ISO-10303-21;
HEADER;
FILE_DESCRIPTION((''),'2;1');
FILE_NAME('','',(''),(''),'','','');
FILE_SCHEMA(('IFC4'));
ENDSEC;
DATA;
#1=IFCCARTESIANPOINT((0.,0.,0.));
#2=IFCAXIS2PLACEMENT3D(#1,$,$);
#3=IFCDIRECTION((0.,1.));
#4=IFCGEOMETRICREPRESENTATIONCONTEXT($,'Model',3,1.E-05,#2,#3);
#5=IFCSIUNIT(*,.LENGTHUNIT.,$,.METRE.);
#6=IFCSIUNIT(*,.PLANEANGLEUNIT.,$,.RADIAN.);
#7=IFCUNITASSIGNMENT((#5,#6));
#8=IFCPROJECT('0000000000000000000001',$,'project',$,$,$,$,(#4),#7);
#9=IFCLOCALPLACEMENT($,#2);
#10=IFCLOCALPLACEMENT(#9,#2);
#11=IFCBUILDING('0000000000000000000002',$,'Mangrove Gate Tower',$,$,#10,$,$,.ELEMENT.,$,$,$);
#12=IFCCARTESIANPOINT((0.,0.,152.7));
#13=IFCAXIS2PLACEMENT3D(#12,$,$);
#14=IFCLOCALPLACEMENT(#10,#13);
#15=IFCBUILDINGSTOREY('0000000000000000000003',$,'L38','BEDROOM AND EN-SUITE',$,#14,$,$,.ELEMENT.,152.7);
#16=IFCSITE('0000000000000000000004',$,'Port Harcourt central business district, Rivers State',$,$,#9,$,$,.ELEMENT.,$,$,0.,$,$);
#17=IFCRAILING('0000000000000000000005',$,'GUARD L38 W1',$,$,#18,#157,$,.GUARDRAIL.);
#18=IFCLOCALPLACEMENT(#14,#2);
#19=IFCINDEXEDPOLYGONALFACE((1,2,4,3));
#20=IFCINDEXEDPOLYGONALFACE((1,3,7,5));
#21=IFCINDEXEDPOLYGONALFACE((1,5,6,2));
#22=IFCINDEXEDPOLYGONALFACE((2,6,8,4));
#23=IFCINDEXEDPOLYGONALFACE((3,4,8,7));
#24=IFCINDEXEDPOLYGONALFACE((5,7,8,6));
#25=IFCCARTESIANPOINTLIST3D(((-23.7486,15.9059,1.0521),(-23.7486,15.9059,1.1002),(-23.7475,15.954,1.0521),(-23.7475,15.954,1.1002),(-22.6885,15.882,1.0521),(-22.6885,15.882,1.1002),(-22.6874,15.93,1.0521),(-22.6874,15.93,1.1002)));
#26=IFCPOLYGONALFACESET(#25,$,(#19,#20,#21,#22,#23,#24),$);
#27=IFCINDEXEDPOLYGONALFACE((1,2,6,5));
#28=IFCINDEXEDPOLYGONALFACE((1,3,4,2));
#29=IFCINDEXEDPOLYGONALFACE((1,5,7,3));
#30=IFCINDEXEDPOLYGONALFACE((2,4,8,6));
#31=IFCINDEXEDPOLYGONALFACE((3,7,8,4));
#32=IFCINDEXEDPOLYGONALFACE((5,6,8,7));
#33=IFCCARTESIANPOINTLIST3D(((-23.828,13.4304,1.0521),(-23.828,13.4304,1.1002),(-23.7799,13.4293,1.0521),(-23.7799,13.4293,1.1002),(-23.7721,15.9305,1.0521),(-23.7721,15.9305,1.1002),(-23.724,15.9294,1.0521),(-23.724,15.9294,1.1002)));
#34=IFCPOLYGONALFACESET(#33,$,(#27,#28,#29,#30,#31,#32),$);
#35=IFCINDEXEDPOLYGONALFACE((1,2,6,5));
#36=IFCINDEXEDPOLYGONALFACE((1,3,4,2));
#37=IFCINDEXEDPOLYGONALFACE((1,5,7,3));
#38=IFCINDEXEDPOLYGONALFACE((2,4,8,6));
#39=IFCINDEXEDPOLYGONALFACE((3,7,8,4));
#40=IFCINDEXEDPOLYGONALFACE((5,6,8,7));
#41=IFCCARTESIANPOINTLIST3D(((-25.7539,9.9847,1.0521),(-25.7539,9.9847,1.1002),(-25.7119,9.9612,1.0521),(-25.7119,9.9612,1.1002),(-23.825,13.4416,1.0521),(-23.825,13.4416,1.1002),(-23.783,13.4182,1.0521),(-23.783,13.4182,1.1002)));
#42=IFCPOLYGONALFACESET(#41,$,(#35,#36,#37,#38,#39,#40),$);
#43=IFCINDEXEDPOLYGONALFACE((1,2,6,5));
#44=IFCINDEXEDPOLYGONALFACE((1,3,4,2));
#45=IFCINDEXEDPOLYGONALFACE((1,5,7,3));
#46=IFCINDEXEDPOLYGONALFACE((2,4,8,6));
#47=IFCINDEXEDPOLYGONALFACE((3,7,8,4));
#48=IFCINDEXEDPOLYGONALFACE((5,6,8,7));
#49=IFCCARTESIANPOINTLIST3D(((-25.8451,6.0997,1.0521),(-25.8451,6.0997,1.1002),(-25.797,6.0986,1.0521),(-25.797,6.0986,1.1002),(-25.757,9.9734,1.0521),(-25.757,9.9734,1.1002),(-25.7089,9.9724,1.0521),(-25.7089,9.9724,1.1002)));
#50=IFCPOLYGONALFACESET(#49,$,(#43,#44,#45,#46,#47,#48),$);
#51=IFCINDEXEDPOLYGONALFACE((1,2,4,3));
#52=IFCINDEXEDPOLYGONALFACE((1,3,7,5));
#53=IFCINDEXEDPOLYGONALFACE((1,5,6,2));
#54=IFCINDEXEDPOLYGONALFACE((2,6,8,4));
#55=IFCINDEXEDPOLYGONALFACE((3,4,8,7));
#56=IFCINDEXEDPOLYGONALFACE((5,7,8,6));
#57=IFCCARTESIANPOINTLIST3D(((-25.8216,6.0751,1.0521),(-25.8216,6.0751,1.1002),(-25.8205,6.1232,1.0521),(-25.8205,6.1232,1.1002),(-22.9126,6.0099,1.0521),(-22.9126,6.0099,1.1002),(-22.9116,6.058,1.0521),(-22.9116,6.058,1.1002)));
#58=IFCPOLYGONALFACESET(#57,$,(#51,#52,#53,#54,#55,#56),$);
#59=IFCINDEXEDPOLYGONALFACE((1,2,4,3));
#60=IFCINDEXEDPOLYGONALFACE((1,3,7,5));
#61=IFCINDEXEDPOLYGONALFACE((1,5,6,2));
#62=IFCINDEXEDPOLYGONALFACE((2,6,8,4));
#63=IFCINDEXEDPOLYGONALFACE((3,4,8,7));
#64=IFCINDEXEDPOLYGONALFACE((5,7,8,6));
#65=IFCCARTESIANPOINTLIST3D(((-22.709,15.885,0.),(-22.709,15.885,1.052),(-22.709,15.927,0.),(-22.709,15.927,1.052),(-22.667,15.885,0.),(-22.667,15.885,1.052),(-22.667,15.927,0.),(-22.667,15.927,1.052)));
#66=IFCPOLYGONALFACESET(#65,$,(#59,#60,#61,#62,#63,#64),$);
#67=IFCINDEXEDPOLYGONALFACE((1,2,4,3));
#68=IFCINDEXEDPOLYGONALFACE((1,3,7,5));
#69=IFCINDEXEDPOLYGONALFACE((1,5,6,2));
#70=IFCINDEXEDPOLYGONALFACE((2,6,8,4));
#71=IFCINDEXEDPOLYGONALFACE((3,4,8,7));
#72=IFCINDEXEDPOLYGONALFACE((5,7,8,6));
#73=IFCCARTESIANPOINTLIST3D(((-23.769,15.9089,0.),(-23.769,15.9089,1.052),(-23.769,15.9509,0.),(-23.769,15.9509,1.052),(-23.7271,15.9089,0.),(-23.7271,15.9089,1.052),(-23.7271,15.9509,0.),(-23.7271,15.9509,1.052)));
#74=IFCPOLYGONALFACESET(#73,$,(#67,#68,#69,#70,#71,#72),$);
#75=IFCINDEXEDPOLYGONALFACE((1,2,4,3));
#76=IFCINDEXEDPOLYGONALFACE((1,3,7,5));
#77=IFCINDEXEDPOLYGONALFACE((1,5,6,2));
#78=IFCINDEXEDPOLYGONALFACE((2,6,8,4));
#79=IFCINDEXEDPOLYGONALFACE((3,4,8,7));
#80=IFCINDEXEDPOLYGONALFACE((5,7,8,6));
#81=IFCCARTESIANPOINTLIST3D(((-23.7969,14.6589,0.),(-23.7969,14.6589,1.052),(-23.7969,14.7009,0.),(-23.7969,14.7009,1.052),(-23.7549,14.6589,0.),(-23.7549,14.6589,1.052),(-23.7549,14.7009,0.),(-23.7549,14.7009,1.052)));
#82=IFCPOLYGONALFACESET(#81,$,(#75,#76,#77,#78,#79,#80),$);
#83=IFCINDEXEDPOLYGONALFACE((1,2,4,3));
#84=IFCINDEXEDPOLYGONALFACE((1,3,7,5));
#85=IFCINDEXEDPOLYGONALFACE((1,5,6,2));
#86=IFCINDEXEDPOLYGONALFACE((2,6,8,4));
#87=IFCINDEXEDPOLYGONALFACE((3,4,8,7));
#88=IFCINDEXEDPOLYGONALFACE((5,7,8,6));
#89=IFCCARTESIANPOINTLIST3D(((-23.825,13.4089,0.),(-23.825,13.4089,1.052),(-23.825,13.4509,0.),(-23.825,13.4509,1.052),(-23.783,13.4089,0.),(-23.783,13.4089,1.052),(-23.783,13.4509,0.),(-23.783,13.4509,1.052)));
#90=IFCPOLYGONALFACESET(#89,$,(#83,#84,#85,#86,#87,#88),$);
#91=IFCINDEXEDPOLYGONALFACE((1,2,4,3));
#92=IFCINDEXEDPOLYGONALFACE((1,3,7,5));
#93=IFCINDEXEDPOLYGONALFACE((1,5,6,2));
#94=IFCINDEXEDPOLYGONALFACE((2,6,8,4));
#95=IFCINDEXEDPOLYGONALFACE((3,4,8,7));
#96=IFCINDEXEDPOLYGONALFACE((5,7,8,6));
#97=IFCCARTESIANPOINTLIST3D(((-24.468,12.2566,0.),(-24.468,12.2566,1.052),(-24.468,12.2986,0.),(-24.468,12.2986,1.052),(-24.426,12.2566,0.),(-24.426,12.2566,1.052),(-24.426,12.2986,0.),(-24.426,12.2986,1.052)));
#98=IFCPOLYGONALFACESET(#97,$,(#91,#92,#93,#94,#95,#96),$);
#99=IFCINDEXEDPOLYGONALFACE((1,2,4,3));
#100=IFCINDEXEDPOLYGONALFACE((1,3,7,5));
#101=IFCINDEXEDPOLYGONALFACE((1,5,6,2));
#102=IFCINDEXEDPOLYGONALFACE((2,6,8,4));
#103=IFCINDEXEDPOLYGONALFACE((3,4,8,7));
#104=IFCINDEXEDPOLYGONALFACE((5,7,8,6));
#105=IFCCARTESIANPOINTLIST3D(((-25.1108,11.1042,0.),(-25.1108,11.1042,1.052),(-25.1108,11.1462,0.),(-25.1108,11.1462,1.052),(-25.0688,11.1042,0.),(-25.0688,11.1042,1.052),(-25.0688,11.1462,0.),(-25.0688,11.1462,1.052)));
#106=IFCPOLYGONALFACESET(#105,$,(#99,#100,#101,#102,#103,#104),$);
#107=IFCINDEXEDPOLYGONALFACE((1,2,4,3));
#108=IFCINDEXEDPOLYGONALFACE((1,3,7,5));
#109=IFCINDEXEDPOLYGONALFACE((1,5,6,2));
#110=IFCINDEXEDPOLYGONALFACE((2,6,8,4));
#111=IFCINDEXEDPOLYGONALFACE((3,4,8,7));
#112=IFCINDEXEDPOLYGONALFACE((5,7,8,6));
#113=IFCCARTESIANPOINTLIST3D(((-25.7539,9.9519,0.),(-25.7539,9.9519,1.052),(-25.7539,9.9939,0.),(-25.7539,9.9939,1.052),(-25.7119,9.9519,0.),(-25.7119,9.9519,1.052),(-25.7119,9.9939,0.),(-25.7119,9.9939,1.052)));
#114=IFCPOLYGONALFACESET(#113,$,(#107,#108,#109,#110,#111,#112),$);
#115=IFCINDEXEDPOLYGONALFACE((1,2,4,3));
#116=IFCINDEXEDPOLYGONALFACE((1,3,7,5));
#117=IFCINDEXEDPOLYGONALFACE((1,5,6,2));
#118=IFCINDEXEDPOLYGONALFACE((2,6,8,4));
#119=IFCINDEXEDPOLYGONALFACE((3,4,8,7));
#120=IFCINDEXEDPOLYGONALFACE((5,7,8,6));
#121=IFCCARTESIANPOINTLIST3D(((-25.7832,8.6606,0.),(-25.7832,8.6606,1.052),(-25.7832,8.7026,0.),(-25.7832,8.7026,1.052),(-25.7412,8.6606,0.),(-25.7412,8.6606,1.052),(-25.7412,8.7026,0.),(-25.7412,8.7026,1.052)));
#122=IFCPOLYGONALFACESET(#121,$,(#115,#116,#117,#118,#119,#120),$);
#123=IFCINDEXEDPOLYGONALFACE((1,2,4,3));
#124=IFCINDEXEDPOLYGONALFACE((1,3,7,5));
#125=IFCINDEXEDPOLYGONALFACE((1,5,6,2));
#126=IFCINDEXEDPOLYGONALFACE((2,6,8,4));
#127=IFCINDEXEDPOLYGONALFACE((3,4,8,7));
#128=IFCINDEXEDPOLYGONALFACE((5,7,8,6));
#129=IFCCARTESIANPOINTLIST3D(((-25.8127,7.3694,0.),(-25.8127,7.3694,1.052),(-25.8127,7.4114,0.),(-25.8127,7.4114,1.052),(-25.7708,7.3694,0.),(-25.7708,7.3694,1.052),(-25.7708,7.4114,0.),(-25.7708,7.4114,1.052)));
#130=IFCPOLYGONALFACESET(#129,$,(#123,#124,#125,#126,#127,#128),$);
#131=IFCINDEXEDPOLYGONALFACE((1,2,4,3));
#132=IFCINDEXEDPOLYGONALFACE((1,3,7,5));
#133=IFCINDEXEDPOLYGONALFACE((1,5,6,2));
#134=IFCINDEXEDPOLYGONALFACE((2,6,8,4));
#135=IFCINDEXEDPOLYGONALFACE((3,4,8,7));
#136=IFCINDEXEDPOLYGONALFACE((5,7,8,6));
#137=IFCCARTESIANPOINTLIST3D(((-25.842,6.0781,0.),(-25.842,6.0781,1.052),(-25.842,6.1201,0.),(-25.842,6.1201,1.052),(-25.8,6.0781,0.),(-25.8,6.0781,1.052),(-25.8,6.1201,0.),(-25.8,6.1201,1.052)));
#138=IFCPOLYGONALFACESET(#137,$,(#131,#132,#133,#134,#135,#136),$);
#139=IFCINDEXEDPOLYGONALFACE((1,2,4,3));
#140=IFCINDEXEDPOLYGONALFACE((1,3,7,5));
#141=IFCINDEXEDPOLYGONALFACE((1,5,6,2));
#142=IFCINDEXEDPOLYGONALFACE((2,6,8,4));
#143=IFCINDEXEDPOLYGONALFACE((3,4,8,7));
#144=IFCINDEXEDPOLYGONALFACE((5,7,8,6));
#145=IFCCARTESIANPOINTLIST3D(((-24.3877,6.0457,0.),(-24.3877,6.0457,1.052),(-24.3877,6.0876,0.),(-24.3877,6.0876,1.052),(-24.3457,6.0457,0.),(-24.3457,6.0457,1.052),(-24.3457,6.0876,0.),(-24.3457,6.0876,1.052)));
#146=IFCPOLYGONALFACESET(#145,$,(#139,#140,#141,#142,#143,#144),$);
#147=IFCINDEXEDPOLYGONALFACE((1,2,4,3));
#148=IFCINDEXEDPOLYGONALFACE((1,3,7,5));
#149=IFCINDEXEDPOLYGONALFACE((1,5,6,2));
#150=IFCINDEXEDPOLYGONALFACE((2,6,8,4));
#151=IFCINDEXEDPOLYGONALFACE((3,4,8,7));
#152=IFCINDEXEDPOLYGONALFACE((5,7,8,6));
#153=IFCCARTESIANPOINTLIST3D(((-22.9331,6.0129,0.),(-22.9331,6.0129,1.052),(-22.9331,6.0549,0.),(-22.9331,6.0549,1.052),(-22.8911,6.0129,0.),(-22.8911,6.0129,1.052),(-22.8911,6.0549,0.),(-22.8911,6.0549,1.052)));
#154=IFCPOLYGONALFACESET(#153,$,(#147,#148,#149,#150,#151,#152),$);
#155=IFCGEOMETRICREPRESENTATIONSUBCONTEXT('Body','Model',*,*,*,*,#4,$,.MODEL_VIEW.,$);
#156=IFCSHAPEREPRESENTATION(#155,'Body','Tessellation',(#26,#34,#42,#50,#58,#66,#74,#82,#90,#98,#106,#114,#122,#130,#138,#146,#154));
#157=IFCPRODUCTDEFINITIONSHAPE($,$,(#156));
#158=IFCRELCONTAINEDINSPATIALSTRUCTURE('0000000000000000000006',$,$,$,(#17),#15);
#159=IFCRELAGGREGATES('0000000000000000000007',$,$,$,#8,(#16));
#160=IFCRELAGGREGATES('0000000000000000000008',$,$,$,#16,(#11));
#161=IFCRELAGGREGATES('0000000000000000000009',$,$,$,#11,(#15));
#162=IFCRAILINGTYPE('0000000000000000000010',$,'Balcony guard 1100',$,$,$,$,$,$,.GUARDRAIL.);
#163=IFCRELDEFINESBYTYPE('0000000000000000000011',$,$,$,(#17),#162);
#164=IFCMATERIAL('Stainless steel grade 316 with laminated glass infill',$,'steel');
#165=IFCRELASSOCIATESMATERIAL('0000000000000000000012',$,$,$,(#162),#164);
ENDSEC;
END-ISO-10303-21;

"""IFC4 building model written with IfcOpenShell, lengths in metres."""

from ifc_helpers import new_model, si_unit, direction, frame, origin, origin_2d, place, context, subcontext, project, spatial, rectangle, extrude, material, type_object, element, save


model = new_model("IFC4")

# Units and contexts
model_context = context("Model", 3, precision=1e-05, world=origin(), true_north=direction((0.0, 1.0)))
body_context = subcontext(model_context, "Body", "Model", "MODEL_VIEW")
ifc_project = project(units=[si_unit("LENGTHUNIT", "METRE"), si_unit("PLANEANGLEUNIT", "RADIAN")], contexts=[model_context])

# Site, building, storey
site_placement = place(None, origin())
site = spatial("IfcSite", under=ifc_project, at=site_placement, Name="Port Harcourt central business district, Rivers State", CompositionType="ELEMENT", RefElevation=0.0)
building_placement = place(site_placement, origin())
building = spatial("IfcBuilding", under=site, at=building_placement, Name="Mangrove Gate Tower", CompositionType="ELEMENT")
storey_placement = place(building_placement, frame((0.0, 0.0, 152.7)))
storey = spatial("IfcBuildingStorey", under=building, at=storey_placement, Name="L38", Description="BEDROOM AND EN-SUITE", CompositionType="ELEMENT", Elevation=152.7)

# Railing
ifc_material_1 = material(Name="Stainless steel grade 316 with laminated glass infill", Category="steel")
railing_type = type_object("IfcRailingType", Name="Balcony guard 1100", PredefinedType="GUARDRAIL", material=ifc_material_1)
railing_placement = place(storey_placement, frame((-22.688, 15.906, 0.0)))
element("IfcRailing", 1, at=railing_placement, inside=storey, type_object=railing_type, Name="GUARD L38 W1", PredefinedType="GUARDRAIL", context=body_context, shape_type="SweptSolid", body=[
    extrude(rectangle(XDim=0.0481, YDim=0.0481, at=origin_2d()), frame((0.0, 0.0, 1.0762), z_axis=(-0.999745, 0.022564, 0.0), x_axis=(-0.022564, -0.999745, 0.0)), (0.0, 0.0, 1.0), 1.0603),
    extrude(rectangle(XDim=0.0481, YDim=0.0481, at=origin_2d()), frame((-1.0601, 0.0239, 1.0762), z_axis=(-0.022358, -0.99975, 0.0), x_axis=(0.99975, -0.022358, 0.0)), (0.0, 0.0, 1.0), 2.5007),
    extrude(rectangle(XDim=0.0481, YDim=0.0481, at=origin_2d()), frame((-1.116, -2.4761, 1.0762), z_axis=(-0.48726, -0.873257, 0.0), x_axis=(0.873257, -0.48726, 0.0)), (0.0, 0.0, 1.0), 3.9587),
    extrude(rectangle(XDim=0.0481, YDim=0.0481, at=origin_2d()), frame((-3.0449, -5.9331, 1.0762), z_axis=(-0.022746, -0.999741, 0.0), x_axis=(0.999741, -0.022746, 0.0)), (0.0, 0.0, 1.0), 3.8748),
    extrude(rectangle(XDim=0.0481, YDim=0.0481, at=origin_2d()), frame((-3.1331, -9.8069, 1.0762), z_axis=(0.999749, -0.022403, 0.0), x_axis=(0.022403, 0.999749, 0.0)), (0.0, 0.0, 1.0), 2.9097),
    extrude(rectangle(XDim=0.042, YDim=0.042, at=origin_2d()), origin(), (0.0, 0.0, 1.0), 1.052),
    extrude(rectangle(XDim=0.042, YDim=0.042, at=origin_2d()), frame((-1.0601, 0.0239, 0.0)), (0.0, 0.0, 1.0), 1.052),
    extrude(rectangle(XDim=0.042, YDim=0.042, at=origin_2d()), frame((-1.0879, -1.2261, 0.0)), (0.0, 0.0, 1.0), 1.052),
    extrude(rectangle(XDim=0.042, YDim=0.042, at=origin_2d()), frame((-1.116, -2.4761, 0.0)), (0.0, 0.0, 1.0), 1.052),
    extrude(rectangle(XDim=0.042, YDim=0.042, at=origin_2d()), frame((-1.759, -3.6284, 0.0)), (0.0, 0.0, 1.0), 1.052),
    extrude(rectangle(XDim=0.042, YDim=0.042, at=origin_2d()), frame((-2.4019, -4.7808, 0.0)), (0.0, 0.0, 1.0), 1.052),
    extrude(rectangle(XDim=0.042, YDim=0.042, at=origin_2d()), frame((-3.0449, -5.9331, 0.0)), (0.0, 0.0, 1.0), 1.052),
    extrude(rectangle(XDim=0.042, YDim=0.042, at=origin_2d()), frame((-3.0742, -7.2244, 0.0)), (0.0, 0.0, 1.0), 1.052),
    extrude(rectangle(XDim=0.042, YDim=0.042, at=origin_2d()), frame((-3.1038, -8.5156, 0.0)), (0.0, 0.0, 1.0), 1.052),
    extrude(rectangle(XDim=0.042, YDim=0.042, at=origin_2d()), frame((-3.1331, -9.8069, 0.0)), (0.0, 0.0, 1.0), 1.052),
    extrude(rectangle(XDim=0.042, YDim=0.042, at=origin_2d()), frame((-1.6787, -9.8394, 0.0)), (0.0, 0.0, 1.0), 1.052),
    extrude(rectangle(XDim=0.042, YDim=0.042, at=origin_2d()), frame((-0.2241, -9.8721, 0.0)), (0.0, 0.0, 1.0), 1.052),
])

save(model, "model.ifc")
